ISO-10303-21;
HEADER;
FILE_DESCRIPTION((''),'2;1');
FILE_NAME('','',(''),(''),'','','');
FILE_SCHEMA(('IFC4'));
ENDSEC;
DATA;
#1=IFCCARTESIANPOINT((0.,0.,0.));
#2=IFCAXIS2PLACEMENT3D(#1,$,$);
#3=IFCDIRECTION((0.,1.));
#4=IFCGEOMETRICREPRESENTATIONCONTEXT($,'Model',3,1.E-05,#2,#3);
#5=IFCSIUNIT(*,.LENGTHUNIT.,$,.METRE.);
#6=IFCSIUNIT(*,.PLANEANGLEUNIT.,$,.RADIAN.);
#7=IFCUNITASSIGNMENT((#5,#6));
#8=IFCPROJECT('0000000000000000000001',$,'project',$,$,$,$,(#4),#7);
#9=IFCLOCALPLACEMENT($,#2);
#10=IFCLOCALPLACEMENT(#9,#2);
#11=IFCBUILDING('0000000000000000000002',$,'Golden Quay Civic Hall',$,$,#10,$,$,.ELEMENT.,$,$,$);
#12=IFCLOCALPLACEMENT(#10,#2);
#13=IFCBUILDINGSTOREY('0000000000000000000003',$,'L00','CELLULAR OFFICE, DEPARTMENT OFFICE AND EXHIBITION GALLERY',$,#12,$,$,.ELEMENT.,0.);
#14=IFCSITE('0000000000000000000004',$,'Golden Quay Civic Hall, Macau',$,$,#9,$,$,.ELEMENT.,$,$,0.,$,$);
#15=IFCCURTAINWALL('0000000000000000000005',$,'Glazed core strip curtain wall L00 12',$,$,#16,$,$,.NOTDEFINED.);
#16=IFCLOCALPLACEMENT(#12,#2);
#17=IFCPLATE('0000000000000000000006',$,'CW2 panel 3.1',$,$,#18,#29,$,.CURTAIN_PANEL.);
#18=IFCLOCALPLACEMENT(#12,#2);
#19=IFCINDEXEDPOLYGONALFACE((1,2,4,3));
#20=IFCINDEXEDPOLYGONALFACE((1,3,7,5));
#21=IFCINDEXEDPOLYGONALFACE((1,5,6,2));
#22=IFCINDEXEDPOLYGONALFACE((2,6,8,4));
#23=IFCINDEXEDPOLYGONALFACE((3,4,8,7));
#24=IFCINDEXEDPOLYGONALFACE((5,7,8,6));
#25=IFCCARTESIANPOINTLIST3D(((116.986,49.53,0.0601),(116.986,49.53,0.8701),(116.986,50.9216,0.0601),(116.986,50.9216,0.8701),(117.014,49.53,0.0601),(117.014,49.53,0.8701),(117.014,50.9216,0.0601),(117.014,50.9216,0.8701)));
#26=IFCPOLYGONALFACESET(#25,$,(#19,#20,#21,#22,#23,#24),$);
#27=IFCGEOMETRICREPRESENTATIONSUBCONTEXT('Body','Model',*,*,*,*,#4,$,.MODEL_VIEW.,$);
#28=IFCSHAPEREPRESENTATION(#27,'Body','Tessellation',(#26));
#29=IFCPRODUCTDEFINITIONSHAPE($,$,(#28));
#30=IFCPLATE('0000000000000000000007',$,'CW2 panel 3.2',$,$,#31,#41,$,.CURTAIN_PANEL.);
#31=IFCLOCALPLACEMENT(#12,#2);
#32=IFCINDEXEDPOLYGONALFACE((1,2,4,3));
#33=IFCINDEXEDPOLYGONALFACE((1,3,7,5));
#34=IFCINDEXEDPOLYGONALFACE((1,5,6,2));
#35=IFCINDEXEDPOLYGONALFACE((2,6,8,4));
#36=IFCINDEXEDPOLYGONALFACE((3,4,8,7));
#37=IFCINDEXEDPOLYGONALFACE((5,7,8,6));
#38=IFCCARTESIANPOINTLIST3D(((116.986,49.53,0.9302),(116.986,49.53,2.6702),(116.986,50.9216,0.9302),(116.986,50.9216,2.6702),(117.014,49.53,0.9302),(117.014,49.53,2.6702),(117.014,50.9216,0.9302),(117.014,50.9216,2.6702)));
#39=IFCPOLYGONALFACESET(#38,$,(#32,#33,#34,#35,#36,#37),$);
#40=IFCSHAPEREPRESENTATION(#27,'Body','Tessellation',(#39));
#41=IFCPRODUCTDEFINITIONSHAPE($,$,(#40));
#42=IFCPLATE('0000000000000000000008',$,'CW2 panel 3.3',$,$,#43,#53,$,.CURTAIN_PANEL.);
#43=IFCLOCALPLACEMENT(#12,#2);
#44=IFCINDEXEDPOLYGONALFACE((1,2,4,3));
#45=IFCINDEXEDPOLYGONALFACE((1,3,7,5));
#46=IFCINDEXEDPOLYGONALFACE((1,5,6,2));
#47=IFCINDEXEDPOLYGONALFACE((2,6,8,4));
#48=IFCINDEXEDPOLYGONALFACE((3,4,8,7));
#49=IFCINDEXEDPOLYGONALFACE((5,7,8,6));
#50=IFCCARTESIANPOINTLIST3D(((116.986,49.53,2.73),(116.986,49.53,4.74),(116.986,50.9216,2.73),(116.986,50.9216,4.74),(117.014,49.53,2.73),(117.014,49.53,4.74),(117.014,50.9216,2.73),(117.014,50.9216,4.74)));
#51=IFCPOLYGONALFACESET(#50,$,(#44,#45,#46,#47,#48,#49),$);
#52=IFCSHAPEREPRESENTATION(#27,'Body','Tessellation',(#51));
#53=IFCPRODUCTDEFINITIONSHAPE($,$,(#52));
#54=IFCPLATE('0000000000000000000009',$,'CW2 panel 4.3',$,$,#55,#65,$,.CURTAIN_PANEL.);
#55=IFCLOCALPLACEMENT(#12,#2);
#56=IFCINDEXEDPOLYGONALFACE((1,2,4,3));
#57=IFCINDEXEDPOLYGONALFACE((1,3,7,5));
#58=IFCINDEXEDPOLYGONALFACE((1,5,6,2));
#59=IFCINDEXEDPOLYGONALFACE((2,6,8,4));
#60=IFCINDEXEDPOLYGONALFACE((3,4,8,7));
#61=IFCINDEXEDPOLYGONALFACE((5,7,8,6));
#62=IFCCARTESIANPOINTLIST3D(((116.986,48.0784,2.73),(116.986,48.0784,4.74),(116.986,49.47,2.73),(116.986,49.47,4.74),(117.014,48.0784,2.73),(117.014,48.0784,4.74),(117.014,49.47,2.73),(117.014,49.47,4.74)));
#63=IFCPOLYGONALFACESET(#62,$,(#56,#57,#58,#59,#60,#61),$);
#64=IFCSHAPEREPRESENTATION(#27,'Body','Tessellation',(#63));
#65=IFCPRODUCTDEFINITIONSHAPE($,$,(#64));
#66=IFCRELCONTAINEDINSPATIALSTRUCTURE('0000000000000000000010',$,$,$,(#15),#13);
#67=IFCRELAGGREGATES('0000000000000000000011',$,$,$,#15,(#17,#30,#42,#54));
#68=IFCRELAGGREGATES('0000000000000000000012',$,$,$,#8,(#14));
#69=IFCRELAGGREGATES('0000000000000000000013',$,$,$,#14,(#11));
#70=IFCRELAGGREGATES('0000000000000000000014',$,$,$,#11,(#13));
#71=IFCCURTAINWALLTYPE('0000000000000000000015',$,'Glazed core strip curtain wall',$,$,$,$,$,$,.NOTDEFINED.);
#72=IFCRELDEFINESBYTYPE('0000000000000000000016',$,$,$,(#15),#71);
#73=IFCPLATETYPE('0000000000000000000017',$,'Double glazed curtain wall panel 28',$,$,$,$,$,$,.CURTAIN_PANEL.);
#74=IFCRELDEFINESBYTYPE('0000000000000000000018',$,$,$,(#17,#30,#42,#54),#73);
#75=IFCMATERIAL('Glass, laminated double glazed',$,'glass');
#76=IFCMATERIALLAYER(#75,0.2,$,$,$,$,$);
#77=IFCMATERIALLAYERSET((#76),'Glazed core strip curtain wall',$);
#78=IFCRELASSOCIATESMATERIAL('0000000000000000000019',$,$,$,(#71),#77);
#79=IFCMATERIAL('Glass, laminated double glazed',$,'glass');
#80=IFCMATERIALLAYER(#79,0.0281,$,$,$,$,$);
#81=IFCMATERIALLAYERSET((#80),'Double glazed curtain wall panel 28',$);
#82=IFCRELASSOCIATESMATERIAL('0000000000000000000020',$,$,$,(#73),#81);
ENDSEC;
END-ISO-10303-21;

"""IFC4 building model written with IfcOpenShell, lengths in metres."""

from ifc_helpers import new_model, si_unit, direction, frame, origin, origin_2d, place, context, subcontext, project, spatial, rectangle, extrude, material, layer, layer_set, type_object, element, aggregate, save


model = new_model("IFC4")

# Units and contexts
model_context = context("Model", 3, precision=1e-05, world=origin(), true_north=direction((0.0, 1.0)))
body_context = subcontext(model_context, "Body", "Model", "MODEL_VIEW")
ifc_project = project(units=[si_unit("LENGTHUNIT", "METRE"), si_unit("PLANEANGLEUNIT", "RADIAN")], contexts=[model_context])

# Site, building, storey
site_placement = place(None, origin())
site = spatial("IfcSite", under=ifc_project, at=site_placement, Name="Golden Quay Civic Hall, Macau", CompositionType="ELEMENT", RefElevation=0.0)
building_placement = place(site_placement, origin())
building = spatial("IfcBuilding", under=site, at=building_placement, Name="Golden Quay Civic Hall", CompositionType="ELEMENT")
storey_placement = place(building_placement, origin())
storey = spatial("IfcBuildingStorey", under=building, at=storey_placement, Name="L00", Description="CELLULAR OFFICE, DEPARTMENT OFFICE AND EXHIBITION GALLERY", CompositionType="ELEMENT", Elevation=0.0)

# Curtain wall, plates
ifc_material_1 = material(Name="Glass, laminated double glazed", Category="glass")
ifc_layer_1 = layer(ifc_material_1, 0.2)
ifc_layer_set_1 = layer_set([ifc_layer_1], Name="Glazed core strip curtain wall")
curtain_wall_type = type_object("IfcCurtainWallType", Name="Glazed core strip curtain wall", PredefinedType="NOTDEFINED", material=ifc_layer_set_1)
curtain_wall_placement = place(storey_placement, origin())
curtain_wall = element("IfcCurtainWall", 1, at=curtain_wall_placement, inside=storey, type_object=curtain_wall_type, Name="Glazed core strip curtain wall L00 12", PredefinedType="NOTDEFINED")
ifc_material_2 = material(Name="Glass, laminated double glazed", Category="glass")
ifc_layer_2 = layer(ifc_material_2, 0.0281)
ifc_layer_set_2 = layer_set([ifc_layer_2], Name="Double glazed curtain wall panel 28")
plate_type = type_object("IfcPlateType", Name="Double glazed curtain wall panel 28", PredefinedType="CURTAIN_PANEL", material=ifc_layer_set_2)
plate_1_placement = place(storey_placement, frame((117.0, 50.2258, 0.0601), z_axis=(0.0, 0.0, 1.0), x_axis=(0.0, -1.0, 0.0)))
plate_1 = element("IfcPlate", 2, at=plate_1_placement, type_object=plate_type, Name="CW2 panel 3.1", PredefinedType="CURTAIN_PANEL", context=body_context, shape_type="SweptSolid", body=[
    extrude(rectangle(XDim=1.3916, YDim=0.0281, at=origin_2d()), origin(), (0.0, 0.0, 1.0), 0.8101),
])
plate_2_placement = place(storey_placement, frame((117.0, 50.2258, 0.9302), z_axis=(0.0, 0.0, 1.0), x_axis=(0.0, -1.0, 0.0)))
plate_2 = element("IfcPlate", 3, at=plate_2_placement, type_object=plate_type, Name="CW2 panel 3.2", PredefinedType="CURTAIN_PANEL", context=body_context, shape_type="SweptSolid", body=[
    extrude(rectangle(XDim=1.3916, YDim=0.0281, at=origin_2d()), origin(), (0.0, 0.0, 1.0), 1.74),
])
plate_3_placement = place(storey_placement, frame((117.0, 50.2258, 2.73), z_axis=(0.0, 0.0, 1.0), x_axis=(0.0, -1.0, 0.0)))
plate_3 = element("IfcPlate", 4, at=plate_3_placement, type_object=plate_type, Name="CW2 panel 3.3", PredefinedType="CURTAIN_PANEL", context=body_context, shape_type="SweptSolid", body=[
    extrude(rectangle(XDim=1.3916, YDim=0.0281, at=origin_2d()), origin(), (0.0, 0.0, 1.0), 2.01),
])
plate_4_placement = place(storey_placement, frame((117.0, 48.7742, 2.73), z_axis=(0.0, 0.0, 1.0), x_axis=(0.0, -1.0, 0.0)))
plate_4 = element("IfcPlate", 5, at=plate_4_placement, type_object=plate_type, Name="CW2 panel 4.3", PredefinedType="CURTAIN_PANEL", context=body_context, shape_type="SweptSolid", body=[
    extrude(rectangle(XDim=1.3916, YDim=0.0281, at=origin_2d()), origin(), (0.0, 0.0, 1.0), 2.01),
])
aggregate(curtain_wall, [plate_1, plate_2, plate_3, plate_4])

save(model, "model.ifc")
